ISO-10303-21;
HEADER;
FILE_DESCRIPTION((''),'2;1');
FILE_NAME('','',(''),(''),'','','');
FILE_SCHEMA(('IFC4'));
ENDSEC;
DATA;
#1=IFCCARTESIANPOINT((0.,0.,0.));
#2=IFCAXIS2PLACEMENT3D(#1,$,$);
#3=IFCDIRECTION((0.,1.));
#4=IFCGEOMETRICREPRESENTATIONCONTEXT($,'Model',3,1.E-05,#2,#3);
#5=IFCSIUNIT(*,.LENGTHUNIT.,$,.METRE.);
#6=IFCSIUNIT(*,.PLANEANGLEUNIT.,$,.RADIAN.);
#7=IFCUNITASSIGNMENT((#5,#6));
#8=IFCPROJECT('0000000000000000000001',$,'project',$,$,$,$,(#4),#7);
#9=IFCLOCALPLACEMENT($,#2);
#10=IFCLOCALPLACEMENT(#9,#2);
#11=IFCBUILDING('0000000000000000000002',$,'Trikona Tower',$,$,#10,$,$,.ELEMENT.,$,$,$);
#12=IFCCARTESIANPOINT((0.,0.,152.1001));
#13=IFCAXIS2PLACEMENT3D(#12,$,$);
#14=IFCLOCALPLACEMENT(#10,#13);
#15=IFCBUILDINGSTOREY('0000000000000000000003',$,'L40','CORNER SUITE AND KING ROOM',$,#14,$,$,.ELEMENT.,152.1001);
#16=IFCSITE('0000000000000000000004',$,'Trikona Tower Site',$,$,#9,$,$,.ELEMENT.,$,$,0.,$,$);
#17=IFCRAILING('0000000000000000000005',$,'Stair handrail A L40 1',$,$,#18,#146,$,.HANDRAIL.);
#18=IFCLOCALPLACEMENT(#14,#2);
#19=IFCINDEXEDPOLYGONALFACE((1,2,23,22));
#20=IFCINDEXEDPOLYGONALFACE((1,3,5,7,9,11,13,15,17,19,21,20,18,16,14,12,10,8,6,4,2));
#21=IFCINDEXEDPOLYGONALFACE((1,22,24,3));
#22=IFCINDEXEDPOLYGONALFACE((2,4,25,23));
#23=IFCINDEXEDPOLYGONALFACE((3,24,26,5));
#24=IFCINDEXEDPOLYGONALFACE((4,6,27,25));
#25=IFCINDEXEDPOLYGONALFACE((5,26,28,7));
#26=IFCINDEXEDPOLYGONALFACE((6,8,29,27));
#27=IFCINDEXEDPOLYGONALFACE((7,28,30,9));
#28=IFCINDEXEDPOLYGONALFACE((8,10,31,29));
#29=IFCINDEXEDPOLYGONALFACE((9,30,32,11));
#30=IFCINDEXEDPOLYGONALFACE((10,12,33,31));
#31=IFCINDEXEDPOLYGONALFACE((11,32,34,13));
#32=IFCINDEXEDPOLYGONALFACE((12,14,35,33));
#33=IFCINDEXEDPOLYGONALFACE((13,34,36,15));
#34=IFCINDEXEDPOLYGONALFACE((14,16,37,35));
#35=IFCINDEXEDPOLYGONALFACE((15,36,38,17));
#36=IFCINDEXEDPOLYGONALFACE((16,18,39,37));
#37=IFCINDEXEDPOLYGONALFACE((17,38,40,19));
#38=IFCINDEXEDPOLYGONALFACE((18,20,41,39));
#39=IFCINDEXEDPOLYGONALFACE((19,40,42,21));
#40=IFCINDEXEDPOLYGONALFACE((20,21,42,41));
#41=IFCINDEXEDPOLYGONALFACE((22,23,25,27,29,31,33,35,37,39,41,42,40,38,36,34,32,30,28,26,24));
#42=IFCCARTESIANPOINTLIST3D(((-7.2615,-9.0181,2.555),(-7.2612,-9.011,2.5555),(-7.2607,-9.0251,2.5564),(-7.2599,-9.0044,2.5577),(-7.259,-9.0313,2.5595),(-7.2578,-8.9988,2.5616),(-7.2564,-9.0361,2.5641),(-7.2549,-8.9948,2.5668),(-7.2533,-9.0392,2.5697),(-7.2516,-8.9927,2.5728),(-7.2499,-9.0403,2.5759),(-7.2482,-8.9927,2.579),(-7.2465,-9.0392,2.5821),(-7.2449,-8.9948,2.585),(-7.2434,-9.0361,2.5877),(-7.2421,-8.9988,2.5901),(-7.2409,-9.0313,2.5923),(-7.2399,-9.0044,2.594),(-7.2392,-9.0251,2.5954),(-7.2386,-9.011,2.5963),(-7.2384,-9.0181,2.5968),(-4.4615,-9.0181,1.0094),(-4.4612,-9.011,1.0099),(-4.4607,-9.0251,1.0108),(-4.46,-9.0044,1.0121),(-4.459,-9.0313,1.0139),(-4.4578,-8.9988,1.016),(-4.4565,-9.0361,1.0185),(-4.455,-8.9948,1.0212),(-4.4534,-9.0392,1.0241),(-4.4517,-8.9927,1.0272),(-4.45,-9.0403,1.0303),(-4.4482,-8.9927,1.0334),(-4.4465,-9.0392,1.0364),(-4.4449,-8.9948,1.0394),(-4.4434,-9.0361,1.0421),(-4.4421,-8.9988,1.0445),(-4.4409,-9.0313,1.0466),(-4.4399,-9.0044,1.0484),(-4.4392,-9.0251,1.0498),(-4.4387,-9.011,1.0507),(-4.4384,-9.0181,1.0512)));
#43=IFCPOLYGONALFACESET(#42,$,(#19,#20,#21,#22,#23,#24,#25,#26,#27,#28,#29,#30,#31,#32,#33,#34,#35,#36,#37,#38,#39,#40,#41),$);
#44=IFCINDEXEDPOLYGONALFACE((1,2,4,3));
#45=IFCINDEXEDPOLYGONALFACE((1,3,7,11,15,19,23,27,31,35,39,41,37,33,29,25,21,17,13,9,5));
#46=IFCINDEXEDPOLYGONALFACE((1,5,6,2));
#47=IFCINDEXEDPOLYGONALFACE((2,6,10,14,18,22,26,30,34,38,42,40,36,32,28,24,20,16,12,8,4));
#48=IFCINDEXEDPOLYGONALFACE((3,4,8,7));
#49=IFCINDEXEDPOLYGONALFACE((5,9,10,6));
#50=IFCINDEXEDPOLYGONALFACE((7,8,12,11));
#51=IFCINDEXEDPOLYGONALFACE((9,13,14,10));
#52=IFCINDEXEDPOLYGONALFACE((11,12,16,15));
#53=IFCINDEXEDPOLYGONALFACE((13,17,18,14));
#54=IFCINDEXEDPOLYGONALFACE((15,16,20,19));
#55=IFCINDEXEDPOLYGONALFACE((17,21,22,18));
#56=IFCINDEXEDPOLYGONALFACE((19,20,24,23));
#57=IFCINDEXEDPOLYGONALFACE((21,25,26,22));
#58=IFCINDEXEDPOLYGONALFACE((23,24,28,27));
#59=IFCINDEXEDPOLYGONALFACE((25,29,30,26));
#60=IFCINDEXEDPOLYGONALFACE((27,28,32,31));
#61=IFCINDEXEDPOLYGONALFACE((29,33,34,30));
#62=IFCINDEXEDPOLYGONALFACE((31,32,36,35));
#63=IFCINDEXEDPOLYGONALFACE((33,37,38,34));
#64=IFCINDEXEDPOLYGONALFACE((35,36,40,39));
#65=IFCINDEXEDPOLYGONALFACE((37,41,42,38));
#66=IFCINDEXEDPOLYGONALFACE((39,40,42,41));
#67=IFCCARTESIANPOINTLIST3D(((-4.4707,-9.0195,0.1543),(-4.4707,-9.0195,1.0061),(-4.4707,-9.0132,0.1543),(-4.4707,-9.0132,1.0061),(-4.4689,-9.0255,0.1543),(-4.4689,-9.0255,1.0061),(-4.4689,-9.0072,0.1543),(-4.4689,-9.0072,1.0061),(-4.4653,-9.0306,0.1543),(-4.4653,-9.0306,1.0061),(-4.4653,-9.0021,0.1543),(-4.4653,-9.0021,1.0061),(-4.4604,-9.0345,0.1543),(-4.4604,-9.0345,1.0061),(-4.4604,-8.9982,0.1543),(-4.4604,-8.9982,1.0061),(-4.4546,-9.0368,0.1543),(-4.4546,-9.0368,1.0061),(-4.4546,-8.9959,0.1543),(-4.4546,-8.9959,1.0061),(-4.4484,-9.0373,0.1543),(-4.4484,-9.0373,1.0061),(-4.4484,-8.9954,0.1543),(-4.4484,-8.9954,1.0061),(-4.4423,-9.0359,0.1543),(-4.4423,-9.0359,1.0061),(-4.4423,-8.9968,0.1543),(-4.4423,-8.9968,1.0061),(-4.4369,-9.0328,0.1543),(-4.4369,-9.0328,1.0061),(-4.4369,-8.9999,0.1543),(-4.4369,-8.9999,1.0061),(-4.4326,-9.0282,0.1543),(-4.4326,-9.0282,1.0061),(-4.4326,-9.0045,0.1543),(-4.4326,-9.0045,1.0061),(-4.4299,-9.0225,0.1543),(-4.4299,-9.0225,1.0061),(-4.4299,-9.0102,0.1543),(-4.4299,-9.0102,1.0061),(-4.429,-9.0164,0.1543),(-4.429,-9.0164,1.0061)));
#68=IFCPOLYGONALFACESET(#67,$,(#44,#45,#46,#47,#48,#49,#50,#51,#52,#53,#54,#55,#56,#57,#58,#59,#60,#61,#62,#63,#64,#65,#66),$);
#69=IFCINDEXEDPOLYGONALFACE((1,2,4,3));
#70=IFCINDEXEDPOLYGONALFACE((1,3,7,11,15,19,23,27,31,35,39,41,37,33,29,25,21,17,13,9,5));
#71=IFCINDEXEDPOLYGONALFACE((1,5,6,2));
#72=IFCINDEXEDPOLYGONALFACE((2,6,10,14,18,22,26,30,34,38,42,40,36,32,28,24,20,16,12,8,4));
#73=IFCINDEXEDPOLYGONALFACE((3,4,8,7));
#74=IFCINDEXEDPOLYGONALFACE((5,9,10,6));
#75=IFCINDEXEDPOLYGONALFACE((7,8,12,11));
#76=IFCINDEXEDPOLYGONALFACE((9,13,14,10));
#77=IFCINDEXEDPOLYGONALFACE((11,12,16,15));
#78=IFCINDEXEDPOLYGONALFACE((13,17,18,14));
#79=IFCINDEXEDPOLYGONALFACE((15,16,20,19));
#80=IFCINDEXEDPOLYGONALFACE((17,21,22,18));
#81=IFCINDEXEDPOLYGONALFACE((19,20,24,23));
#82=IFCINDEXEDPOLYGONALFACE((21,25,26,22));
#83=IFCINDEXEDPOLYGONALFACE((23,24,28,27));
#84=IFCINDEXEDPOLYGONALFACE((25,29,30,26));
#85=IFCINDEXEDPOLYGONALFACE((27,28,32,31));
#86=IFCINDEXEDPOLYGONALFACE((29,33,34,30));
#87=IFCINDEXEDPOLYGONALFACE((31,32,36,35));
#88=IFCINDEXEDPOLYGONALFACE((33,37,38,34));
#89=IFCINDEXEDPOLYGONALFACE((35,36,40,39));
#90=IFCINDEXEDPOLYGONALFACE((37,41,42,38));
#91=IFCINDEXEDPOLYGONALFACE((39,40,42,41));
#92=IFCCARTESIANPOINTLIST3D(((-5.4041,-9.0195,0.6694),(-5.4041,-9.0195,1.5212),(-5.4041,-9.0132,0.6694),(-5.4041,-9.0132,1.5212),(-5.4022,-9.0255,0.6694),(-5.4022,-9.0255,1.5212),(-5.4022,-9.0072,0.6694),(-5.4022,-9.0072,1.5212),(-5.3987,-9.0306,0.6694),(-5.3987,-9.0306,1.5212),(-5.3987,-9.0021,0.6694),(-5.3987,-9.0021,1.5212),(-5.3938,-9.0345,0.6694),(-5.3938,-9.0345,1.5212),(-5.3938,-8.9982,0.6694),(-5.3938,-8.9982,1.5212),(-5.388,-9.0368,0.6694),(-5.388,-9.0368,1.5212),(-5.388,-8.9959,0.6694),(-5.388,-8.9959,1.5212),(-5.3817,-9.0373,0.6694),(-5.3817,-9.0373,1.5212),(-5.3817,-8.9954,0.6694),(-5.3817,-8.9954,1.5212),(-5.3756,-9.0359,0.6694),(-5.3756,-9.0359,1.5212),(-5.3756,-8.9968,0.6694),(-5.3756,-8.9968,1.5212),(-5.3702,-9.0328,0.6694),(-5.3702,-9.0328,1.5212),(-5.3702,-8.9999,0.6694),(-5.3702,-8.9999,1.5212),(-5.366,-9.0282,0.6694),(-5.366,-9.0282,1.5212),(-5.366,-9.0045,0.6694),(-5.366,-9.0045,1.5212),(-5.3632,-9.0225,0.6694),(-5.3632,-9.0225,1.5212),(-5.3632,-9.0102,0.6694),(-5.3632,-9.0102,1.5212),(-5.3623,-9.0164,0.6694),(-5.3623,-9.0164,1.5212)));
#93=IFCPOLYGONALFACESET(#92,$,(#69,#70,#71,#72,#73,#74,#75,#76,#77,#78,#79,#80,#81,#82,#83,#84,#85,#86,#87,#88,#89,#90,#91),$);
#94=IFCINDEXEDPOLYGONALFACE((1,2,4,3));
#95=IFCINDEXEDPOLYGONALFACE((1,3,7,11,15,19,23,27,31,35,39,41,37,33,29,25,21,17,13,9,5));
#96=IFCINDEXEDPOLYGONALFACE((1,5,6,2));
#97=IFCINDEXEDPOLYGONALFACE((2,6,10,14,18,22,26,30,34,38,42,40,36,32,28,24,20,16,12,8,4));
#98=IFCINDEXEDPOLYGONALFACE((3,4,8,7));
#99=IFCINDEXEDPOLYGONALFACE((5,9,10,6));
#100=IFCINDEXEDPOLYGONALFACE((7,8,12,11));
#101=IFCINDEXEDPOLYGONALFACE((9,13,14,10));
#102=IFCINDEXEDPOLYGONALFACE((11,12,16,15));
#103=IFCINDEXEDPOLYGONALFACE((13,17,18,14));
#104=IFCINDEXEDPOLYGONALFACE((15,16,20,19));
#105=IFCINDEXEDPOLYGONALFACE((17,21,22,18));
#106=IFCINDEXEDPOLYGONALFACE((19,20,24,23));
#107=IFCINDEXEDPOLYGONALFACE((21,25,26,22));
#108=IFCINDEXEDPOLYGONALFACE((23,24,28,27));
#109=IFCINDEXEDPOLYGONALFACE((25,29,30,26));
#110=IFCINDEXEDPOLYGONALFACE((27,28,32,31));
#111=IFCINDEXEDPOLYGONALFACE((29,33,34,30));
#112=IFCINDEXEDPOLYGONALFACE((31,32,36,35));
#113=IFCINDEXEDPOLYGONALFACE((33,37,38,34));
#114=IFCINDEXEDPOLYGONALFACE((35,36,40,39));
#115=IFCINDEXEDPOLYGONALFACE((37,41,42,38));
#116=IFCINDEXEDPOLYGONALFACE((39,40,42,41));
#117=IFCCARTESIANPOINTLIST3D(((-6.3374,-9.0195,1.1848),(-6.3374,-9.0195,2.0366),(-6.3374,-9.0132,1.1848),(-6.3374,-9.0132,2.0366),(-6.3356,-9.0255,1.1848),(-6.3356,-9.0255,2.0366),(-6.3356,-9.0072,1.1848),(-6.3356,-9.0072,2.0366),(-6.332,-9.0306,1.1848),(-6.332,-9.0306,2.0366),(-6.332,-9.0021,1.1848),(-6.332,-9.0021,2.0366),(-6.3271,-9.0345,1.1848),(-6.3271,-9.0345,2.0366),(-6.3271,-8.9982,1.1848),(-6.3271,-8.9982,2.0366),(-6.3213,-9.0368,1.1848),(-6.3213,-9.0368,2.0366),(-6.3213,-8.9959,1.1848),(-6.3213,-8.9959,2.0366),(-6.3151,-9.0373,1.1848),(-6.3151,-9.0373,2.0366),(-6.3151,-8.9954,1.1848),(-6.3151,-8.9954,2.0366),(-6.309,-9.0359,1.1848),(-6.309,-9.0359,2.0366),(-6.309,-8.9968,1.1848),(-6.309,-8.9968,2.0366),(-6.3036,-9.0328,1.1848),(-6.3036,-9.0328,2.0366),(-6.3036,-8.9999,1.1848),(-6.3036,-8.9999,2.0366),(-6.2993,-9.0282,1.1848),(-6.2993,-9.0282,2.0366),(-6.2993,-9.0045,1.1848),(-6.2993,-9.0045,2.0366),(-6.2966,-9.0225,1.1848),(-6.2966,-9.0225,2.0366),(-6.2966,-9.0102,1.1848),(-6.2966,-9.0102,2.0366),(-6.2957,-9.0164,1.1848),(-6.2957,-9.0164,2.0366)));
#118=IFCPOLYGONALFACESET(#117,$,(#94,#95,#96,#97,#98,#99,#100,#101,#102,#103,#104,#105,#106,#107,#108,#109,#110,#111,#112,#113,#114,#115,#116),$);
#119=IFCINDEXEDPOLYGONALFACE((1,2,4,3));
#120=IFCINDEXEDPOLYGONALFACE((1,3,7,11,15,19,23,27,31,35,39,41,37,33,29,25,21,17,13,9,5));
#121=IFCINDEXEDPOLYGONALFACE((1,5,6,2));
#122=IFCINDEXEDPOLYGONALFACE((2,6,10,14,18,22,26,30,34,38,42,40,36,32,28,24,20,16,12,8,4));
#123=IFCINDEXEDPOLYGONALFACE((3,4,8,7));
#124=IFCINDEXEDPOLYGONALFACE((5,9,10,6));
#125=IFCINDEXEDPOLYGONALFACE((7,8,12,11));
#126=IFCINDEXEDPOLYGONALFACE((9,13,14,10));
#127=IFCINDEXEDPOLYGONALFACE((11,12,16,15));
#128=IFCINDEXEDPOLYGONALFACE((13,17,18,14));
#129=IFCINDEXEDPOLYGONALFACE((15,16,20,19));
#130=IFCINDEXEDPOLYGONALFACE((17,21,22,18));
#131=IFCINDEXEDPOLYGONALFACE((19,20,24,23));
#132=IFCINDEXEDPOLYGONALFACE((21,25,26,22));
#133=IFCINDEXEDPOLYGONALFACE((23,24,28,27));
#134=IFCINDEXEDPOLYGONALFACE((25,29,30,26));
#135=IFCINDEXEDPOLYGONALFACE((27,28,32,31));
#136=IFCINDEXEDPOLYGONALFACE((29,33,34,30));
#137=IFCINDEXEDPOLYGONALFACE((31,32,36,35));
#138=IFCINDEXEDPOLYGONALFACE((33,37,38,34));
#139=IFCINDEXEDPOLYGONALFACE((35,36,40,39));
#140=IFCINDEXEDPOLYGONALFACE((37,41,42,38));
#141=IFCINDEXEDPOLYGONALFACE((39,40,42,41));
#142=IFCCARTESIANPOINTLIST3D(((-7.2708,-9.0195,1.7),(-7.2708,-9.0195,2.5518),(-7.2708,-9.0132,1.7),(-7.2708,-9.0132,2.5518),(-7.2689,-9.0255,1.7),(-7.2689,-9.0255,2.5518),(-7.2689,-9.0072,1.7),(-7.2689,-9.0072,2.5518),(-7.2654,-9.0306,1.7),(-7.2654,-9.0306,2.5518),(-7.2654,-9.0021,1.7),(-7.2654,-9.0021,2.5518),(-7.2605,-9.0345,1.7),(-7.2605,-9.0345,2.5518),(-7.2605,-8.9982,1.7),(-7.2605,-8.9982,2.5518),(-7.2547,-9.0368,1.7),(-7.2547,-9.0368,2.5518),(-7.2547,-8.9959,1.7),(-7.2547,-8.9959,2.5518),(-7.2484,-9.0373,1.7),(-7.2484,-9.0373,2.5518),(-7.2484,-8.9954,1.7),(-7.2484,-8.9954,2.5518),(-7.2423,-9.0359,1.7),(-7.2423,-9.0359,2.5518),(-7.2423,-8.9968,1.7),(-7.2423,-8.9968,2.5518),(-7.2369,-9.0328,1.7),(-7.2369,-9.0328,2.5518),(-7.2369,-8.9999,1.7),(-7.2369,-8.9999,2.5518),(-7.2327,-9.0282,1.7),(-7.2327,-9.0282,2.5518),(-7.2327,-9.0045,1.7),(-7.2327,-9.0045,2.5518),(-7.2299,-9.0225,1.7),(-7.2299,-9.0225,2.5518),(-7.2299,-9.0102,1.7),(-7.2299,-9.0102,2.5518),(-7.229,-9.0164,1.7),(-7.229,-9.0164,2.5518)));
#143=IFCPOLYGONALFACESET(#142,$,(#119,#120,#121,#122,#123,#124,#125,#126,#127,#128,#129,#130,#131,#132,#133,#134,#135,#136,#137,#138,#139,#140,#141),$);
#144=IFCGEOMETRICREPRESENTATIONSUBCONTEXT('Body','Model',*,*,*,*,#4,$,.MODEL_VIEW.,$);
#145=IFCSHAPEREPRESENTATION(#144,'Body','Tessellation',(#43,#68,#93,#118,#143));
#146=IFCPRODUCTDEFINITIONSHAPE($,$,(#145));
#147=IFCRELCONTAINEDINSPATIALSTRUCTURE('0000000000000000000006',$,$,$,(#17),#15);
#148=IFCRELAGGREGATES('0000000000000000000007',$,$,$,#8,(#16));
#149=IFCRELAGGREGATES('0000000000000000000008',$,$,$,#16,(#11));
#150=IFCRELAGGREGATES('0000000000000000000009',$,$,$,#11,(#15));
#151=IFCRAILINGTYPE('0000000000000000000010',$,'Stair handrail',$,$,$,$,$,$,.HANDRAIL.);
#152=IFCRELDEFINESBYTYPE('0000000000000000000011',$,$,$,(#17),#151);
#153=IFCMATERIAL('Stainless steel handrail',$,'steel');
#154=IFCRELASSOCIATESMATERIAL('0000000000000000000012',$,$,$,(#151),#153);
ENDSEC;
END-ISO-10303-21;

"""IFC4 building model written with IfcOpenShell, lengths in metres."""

from ifc_helpers import new_model, si_unit, direction, frame, origin, origin_2d, place, context, subcontext, project, spatial, circle, extrude, material, type_object, element, save


model = new_model("IFC4")

# Units and contexts
model_context = context("Model", 3, precision=1e-05, world=origin(), true_north=direction((0.0, 1.0)))
body_context = subcontext(model_context, "Body", "Model", "MODEL_VIEW")
ifc_project = project(units=[si_unit("LENGTHUNIT", "METRE"), si_unit("PLANEANGLEUNIT", "RADIAN")], contexts=[model_context])

# Site, building, storey
site_placement = place(None, origin())
site = spatial("IfcSite", under=ifc_project, at=site_placement, Name="Trikona Tower Site", CompositionType="ELEMENT", RefElevation=0.0)
building_placement = place(site_placement, origin())
building = spatial("IfcBuilding", under=site, at=building_placement, Name="Trikona Tower", CompositionType="ELEMENT")
storey_placement = place(building_placement, frame((0.0, 0.0, 152.1001)))
storey = spatial("IfcBuildingStorey", under=building, at=storey_placement, Name="L40", Description="CORNER SUITE AND KING ROOM", CompositionType="ELEMENT", Elevation=152.1001)

# Railing
ifc_material_1 = material(Name="Stainless steel handrail", Category="steel")
railing_type = type_object("IfcRailingType", Name="Stair handrail", PredefinedType="HANDRAIL", material=ifc_material_1)
railing_1_placement = place(storey_placement, frame((-4.45, -9.0164, 0.1543)))
element("IfcRailing", 1, at=railing_1_placement, inside=storey, type_object=railing_type, Name="Stair handrail A L40 1", PredefinedType="HANDRAIL", context=body_context, shape_type="SweptSolid", body=[
    extrude(circle(Radius=0.0239, at=origin_2d()), frame((0.0, 0.0, 0.876), z_axis=(-0.875472, 0.0, 0.483269), x_axis=(0.0, -1.0, 0.0)), (0.0, 0.0, 1.0), 3.1982),
    extrude(circle(Radius=0.021, at=origin_2d()), origin(), (0.0, 0.0, 1.0), 0.8518),
    extrude(circle(Radius=0.021, at=origin_2d()), frame((-0.9333, 0.0, 0.5151)), (0.0, 0.0, 1.0), 0.8518),
    extrude(circle(Radius=0.021, at=origin_2d()), frame((-1.8667, 0.0, 1.0305)), (0.0, 0.0, 1.0), 0.8518),
    extrude(circle(Radius=0.021, at=origin_2d()), frame((-2.8, 0.0, 1.5457)), (0.0, 0.0, 1.0), 0.8518),
])

save(model, "model.ifc")
